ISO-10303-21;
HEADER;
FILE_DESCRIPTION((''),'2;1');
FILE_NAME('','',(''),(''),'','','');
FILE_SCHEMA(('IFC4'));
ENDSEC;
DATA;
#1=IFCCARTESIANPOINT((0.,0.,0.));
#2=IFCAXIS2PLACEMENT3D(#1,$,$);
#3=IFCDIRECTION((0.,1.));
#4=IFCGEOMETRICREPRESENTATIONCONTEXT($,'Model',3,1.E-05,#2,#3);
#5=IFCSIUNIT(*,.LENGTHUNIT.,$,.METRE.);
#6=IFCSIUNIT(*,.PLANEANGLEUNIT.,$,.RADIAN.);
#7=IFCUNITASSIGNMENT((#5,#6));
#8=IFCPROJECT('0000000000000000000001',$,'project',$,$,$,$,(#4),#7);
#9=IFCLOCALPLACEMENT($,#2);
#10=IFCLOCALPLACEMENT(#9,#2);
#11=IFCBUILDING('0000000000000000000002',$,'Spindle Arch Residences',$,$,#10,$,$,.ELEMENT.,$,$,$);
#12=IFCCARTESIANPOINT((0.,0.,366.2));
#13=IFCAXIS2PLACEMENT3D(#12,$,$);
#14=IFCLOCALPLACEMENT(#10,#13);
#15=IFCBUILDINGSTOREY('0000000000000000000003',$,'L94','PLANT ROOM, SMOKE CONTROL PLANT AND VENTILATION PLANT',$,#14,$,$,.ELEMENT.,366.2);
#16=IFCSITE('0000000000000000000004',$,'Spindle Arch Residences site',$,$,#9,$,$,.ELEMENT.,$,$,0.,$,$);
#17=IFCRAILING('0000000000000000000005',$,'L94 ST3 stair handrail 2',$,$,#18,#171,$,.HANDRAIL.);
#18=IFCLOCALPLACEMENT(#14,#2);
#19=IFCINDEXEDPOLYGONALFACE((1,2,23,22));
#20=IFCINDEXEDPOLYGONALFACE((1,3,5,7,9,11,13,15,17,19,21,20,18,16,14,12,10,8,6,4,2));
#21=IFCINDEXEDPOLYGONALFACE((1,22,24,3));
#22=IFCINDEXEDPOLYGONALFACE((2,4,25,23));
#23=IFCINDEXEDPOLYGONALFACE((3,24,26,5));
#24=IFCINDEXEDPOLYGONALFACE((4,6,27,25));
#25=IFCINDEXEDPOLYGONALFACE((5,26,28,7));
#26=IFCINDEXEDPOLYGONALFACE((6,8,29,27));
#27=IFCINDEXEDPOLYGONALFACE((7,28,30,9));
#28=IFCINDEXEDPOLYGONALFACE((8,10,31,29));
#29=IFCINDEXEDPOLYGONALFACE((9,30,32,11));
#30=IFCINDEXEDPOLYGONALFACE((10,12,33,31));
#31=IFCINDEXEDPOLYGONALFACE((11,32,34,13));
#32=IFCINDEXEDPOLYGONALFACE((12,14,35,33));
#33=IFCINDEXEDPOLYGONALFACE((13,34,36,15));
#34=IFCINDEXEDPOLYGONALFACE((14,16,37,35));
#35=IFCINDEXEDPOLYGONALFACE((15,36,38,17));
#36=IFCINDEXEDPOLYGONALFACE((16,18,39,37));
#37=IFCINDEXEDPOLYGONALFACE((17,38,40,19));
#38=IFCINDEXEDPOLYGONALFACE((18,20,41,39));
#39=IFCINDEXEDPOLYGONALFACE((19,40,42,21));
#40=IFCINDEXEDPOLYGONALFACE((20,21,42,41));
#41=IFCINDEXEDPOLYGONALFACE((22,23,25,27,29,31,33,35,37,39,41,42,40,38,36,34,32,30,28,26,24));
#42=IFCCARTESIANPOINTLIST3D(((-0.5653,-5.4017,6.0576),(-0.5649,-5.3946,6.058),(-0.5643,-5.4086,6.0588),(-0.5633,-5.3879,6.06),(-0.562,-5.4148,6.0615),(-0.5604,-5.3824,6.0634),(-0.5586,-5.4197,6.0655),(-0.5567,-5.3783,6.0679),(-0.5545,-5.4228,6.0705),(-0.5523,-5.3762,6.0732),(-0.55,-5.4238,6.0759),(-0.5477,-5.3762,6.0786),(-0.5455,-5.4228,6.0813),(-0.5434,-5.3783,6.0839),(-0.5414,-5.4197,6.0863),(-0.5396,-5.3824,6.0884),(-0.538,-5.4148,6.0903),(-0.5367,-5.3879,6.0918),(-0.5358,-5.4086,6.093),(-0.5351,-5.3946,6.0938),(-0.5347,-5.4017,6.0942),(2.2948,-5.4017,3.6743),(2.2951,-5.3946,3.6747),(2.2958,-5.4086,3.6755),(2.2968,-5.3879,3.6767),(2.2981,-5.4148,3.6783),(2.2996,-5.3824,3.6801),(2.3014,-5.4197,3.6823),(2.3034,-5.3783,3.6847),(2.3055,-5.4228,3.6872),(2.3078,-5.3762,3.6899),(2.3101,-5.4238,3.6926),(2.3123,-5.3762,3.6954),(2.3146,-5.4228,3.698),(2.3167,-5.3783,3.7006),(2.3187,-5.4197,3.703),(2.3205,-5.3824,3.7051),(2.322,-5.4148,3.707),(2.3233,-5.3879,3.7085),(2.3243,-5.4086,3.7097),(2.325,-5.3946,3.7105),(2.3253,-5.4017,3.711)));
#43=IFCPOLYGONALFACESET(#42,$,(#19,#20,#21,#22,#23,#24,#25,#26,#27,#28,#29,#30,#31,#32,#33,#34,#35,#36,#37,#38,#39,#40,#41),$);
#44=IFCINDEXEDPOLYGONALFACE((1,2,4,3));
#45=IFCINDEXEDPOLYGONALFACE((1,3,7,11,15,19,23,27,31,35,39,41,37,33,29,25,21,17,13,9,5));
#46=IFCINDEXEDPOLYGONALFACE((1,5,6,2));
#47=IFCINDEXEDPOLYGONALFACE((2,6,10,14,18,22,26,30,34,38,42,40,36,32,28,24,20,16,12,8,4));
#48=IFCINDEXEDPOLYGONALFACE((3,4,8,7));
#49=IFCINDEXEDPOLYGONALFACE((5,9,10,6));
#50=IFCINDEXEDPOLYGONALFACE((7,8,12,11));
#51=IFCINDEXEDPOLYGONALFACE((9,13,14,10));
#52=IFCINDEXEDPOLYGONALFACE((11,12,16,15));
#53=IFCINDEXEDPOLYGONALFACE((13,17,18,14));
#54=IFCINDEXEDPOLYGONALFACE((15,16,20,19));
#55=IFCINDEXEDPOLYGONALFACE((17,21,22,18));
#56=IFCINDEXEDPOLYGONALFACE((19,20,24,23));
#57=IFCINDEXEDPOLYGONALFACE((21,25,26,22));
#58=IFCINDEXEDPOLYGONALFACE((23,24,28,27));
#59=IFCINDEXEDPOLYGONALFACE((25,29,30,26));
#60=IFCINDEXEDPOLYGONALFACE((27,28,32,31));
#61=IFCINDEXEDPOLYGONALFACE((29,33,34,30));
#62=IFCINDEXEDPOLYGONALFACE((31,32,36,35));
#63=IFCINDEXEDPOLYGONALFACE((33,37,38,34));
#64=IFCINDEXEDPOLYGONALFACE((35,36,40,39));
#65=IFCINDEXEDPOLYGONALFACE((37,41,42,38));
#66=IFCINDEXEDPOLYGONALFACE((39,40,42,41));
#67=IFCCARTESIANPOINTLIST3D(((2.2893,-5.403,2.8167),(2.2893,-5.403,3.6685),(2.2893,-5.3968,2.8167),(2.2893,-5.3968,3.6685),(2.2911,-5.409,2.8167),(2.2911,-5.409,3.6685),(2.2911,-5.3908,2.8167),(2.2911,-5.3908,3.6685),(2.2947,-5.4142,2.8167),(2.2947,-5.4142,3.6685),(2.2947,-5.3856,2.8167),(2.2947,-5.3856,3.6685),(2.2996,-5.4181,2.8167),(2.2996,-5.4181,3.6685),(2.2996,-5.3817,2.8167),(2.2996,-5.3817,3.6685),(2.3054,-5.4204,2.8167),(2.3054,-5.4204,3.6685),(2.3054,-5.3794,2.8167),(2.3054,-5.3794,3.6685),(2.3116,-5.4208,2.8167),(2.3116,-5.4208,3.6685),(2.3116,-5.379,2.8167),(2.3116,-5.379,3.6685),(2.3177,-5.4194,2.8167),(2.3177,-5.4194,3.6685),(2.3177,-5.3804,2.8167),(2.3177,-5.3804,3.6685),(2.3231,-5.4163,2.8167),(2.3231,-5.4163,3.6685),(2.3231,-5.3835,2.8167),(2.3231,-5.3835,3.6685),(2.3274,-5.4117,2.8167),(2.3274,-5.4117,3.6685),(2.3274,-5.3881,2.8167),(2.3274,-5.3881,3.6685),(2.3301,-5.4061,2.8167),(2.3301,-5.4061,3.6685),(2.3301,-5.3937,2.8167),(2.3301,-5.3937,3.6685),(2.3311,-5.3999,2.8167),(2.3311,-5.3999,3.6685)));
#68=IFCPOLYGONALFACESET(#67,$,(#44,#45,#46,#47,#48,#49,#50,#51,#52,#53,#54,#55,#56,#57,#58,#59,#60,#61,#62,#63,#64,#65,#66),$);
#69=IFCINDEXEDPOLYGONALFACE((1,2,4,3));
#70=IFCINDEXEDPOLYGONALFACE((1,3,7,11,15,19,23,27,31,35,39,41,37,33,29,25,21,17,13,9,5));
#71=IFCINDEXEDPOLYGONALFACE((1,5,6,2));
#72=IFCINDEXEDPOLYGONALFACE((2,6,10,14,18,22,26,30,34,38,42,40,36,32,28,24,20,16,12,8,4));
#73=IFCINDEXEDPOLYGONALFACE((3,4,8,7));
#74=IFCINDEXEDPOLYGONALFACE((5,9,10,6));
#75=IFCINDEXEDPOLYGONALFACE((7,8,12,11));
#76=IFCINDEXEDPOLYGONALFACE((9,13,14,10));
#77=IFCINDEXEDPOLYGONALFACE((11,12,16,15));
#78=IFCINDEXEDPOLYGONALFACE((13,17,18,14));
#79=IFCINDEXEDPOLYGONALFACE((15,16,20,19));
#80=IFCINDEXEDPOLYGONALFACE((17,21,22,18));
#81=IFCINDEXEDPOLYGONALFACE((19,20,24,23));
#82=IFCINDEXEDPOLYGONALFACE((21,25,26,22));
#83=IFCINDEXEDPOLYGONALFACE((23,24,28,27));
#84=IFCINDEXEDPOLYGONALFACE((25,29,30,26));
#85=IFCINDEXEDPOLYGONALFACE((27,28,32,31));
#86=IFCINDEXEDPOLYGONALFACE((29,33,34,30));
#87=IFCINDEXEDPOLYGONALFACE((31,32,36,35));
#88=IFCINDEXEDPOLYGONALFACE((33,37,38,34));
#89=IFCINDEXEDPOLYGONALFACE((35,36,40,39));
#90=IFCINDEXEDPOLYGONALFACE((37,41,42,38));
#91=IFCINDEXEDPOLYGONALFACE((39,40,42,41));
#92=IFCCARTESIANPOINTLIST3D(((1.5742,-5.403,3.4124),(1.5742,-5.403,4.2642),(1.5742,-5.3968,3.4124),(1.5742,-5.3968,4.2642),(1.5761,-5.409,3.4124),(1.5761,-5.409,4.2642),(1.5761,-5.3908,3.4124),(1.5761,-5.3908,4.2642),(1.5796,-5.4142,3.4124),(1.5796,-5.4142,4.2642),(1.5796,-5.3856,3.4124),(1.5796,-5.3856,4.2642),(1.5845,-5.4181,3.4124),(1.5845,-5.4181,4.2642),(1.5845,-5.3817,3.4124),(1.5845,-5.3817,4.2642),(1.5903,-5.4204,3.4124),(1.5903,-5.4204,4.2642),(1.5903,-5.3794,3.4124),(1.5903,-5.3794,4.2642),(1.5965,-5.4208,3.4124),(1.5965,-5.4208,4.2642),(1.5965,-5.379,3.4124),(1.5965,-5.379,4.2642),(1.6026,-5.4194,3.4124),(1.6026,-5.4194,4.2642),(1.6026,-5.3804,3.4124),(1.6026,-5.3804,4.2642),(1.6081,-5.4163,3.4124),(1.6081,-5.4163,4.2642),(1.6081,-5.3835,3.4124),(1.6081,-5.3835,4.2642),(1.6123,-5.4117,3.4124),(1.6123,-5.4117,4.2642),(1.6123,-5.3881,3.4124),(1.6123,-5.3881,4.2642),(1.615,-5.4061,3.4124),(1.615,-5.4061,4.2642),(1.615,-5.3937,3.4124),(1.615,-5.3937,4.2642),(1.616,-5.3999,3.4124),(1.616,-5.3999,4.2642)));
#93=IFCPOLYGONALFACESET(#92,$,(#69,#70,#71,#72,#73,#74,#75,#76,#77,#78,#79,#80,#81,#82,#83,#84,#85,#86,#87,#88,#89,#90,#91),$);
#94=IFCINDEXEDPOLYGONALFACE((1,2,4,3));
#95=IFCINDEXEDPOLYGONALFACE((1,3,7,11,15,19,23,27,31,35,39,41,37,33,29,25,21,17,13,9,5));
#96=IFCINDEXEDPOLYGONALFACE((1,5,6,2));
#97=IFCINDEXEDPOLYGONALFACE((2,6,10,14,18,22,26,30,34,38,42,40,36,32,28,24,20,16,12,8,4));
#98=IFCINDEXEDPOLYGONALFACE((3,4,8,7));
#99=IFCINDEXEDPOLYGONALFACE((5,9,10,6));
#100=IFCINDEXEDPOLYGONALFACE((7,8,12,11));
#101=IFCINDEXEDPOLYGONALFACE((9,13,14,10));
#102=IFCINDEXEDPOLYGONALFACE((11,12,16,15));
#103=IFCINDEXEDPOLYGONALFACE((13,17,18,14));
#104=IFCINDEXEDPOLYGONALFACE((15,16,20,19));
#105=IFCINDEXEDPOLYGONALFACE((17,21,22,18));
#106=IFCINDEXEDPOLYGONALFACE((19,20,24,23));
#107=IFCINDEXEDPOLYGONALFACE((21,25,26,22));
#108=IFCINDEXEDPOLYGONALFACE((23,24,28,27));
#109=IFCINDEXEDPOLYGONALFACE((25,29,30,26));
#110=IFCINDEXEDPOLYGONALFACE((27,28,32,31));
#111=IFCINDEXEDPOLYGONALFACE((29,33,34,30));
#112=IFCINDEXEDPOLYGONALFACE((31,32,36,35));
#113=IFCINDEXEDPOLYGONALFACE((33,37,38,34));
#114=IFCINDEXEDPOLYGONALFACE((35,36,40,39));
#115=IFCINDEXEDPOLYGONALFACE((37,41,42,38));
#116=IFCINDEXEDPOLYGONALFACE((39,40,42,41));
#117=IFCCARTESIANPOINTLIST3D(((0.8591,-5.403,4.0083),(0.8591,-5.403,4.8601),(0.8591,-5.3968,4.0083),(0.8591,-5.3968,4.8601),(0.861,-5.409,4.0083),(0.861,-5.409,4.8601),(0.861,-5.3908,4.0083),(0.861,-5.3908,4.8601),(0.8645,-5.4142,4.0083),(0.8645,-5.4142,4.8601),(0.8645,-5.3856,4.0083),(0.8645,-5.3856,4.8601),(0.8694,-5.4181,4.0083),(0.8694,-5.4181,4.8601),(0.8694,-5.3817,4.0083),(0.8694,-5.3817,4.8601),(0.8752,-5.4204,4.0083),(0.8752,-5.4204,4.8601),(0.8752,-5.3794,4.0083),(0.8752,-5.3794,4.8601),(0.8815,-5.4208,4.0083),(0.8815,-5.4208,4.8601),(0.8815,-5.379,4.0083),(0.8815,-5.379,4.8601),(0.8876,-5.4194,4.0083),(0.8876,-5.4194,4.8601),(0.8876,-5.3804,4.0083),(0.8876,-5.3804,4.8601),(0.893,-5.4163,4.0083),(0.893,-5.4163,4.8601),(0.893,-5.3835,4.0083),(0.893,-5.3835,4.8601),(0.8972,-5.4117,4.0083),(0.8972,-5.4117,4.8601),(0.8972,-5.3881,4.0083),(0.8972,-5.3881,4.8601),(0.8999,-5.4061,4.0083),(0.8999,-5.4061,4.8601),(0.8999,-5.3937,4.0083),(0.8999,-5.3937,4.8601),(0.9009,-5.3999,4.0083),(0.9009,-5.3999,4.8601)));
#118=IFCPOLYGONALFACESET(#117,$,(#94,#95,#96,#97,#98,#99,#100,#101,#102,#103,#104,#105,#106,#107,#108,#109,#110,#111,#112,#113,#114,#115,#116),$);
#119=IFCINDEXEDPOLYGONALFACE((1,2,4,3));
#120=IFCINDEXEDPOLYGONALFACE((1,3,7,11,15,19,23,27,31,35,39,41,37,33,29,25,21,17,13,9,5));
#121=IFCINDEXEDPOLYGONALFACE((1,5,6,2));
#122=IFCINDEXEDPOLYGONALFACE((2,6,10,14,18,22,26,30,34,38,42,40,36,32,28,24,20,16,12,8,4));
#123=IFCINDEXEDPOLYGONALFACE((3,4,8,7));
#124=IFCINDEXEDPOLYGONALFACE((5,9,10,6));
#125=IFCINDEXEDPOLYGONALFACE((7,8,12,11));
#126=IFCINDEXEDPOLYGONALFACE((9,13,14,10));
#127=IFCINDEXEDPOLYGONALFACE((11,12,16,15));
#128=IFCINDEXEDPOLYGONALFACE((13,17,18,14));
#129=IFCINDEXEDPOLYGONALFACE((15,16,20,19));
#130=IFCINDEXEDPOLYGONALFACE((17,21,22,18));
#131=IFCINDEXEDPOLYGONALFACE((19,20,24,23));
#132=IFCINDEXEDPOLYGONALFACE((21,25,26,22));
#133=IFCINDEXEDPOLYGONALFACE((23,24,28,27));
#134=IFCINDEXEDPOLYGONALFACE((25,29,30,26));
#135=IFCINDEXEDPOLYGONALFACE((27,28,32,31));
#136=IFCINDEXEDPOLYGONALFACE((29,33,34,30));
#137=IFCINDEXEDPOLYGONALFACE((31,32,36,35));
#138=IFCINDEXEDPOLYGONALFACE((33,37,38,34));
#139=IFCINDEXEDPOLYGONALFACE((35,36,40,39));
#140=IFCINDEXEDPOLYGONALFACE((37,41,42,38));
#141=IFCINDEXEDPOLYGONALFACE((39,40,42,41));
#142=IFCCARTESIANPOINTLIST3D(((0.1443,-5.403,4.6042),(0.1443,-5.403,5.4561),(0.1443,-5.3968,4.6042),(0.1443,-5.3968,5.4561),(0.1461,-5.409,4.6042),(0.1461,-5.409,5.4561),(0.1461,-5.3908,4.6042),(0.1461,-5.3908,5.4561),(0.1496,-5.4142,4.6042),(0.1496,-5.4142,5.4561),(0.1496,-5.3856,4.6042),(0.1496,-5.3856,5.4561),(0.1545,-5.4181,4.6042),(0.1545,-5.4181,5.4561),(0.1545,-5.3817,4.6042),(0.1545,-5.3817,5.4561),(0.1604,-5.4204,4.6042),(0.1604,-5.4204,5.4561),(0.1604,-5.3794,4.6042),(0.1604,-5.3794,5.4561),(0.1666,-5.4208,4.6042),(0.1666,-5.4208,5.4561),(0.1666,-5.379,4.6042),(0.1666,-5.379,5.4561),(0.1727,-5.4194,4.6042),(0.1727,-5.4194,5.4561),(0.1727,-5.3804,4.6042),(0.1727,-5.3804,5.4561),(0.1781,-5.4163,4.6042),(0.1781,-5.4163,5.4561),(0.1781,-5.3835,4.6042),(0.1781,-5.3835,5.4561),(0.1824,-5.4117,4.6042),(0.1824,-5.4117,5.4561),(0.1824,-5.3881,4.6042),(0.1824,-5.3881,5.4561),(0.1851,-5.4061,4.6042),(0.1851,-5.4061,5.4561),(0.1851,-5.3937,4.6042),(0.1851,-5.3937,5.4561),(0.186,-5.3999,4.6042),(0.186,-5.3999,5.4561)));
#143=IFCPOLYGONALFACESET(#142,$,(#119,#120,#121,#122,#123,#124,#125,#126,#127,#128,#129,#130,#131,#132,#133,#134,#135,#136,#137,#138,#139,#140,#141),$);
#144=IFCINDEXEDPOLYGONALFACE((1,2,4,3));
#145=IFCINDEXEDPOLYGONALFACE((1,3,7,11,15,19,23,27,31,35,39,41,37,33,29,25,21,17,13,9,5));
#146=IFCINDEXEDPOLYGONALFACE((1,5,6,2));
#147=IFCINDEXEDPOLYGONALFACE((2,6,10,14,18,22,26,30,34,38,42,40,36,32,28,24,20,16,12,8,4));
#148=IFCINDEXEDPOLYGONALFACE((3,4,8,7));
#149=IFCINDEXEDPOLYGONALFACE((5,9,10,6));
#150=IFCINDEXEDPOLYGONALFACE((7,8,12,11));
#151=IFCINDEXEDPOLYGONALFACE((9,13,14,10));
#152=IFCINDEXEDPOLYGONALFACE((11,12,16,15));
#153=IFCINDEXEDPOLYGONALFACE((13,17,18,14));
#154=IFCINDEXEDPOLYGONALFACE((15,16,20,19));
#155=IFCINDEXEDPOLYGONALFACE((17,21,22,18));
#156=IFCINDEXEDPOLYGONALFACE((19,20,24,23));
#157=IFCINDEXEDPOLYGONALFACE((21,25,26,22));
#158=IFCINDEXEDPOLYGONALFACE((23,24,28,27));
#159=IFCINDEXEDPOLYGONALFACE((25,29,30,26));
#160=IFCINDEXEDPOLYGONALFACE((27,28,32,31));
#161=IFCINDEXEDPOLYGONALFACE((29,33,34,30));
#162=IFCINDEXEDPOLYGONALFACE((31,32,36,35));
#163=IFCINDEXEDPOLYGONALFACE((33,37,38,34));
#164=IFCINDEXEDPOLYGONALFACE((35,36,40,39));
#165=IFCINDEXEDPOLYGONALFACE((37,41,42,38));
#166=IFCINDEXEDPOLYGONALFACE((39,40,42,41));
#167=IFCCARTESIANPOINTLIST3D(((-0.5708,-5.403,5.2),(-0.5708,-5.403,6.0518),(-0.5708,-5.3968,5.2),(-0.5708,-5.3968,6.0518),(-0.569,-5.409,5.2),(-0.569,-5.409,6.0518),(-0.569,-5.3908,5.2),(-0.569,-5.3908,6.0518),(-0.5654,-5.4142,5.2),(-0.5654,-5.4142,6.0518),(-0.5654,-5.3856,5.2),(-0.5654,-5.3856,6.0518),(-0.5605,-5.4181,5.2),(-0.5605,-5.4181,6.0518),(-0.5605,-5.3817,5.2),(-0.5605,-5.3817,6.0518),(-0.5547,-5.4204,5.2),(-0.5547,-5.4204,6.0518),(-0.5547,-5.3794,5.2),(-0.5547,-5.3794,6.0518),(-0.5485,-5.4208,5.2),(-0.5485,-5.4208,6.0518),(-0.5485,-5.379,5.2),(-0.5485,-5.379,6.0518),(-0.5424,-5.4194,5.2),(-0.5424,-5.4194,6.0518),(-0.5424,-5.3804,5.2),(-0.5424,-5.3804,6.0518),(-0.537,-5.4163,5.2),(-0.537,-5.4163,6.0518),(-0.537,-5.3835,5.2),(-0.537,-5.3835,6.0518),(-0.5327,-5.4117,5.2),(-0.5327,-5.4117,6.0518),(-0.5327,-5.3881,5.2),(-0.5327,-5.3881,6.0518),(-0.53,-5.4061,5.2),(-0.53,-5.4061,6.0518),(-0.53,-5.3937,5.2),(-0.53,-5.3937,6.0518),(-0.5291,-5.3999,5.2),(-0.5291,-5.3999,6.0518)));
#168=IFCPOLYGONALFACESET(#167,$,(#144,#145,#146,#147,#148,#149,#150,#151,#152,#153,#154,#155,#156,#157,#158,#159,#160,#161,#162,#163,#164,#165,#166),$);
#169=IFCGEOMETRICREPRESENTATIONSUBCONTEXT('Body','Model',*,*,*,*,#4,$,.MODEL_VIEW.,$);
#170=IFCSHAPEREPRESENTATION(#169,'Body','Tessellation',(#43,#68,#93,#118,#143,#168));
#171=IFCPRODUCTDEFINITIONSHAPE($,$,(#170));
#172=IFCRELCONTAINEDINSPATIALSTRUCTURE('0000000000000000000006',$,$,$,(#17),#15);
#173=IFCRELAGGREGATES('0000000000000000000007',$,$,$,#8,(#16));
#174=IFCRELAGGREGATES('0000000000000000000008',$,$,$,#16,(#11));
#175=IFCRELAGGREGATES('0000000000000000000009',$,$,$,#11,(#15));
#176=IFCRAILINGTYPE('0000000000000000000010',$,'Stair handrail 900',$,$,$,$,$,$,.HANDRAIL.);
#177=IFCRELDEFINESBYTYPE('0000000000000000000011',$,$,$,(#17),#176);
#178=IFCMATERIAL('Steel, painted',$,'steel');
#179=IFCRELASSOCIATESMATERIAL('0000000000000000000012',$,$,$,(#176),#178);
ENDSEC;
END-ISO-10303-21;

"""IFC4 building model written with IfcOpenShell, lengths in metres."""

from ifc_helpers import new_model, si_unit, direction, frame, origin, origin_2d, place, context, subcontext, project, spatial, circle, extrude, material, type_object, element, save


model = new_model("IFC4")

# Units and contexts
model_context = context("Model", 3, precision=1e-05, world=origin(), true_north=direction((0.0, 1.0)))
body_context = subcontext(model_context, "Body", "Model", "MODEL_VIEW")
ifc_project = project(units=[si_unit("LENGTHUNIT", "METRE"), si_unit("PLANEANGLEUNIT", "RADIAN")], contexts=[model_context])

# Site, building, storey
site_placement = place(None, origin())
site = spatial("IfcSite", under=ifc_project, at=site_placement, Name="Spindle Arch Residences site", CompositionType="ELEMENT", RefElevation=0.0)
building_placement = place(site_placement, origin())
building = spatial("IfcBuilding", under=site, at=building_placement, Name="Spindle Arch Residences", CompositionType="ELEMENT")
storey_placement = place(building_placement, frame((0.0, 0.0, 366.2)))
storey = spatial("IfcBuildingStorey", under=building, at=storey_placement, Name="L94", Description="PLANT ROOM, SMOKE CONTROL PLANT AND VENTILATION PLANT", CompositionType="ELEMENT", Elevation=366.2)

# Railing
ifc_material_1 = material(Name="Steel, painted", Category="steel")
railing_type = type_object("IfcRailingType", Name="Stair handrail 900", PredefinedType="HANDRAIL", material=ifc_material_1)
railing_placement = place(storey_placement, frame((2.3101, -5.3999, 2.8167)))
element("IfcRailing", 1, at=railing_placement, inside=storey, type_object=railing_type, Name="L94 ST3 stair handrail 2", PredefinedType="HANDRAIL", context=body_context, shape_type="SweptSolid", body=[
    extrude(circle(Radius=0.0239, at=origin_2d()), frame((0.0, 0.0, 0.876), z_axis=(-0.768237, 0.0, 0.640165), x_axis=(0.0, -1.0, 0.0)), (0.0, 0.0, 1.0), 3.7229),
    extrude(circle(Radius=0.021, at=origin_2d()), origin(), (0.0, 0.0, 1.0), 0.8518),
    extrude(circle(Radius=0.021, at=origin_2d()), frame((-0.7151, 0.0, 0.5957)), (0.0, 0.0, 1.0), 0.8518),
    extrude(circle(Radius=0.021, at=origin_2d()), frame((-1.4302, 0.0, 1.1917)), (0.0, 0.0, 1.0), 0.8518),
    extrude(circle(Radius=0.021, at=origin_2d()), frame((-2.145, 0.0, 1.7876)), (0.0, 0.0, 1.0), 0.8518),
    extrude(circle(Radius=0.021, at=origin_2d()), frame((-2.8601, 0.0, 2.3833)), (0.0, 0.0, 1.0), 0.8518),
])

save(model, "model.ifc")
